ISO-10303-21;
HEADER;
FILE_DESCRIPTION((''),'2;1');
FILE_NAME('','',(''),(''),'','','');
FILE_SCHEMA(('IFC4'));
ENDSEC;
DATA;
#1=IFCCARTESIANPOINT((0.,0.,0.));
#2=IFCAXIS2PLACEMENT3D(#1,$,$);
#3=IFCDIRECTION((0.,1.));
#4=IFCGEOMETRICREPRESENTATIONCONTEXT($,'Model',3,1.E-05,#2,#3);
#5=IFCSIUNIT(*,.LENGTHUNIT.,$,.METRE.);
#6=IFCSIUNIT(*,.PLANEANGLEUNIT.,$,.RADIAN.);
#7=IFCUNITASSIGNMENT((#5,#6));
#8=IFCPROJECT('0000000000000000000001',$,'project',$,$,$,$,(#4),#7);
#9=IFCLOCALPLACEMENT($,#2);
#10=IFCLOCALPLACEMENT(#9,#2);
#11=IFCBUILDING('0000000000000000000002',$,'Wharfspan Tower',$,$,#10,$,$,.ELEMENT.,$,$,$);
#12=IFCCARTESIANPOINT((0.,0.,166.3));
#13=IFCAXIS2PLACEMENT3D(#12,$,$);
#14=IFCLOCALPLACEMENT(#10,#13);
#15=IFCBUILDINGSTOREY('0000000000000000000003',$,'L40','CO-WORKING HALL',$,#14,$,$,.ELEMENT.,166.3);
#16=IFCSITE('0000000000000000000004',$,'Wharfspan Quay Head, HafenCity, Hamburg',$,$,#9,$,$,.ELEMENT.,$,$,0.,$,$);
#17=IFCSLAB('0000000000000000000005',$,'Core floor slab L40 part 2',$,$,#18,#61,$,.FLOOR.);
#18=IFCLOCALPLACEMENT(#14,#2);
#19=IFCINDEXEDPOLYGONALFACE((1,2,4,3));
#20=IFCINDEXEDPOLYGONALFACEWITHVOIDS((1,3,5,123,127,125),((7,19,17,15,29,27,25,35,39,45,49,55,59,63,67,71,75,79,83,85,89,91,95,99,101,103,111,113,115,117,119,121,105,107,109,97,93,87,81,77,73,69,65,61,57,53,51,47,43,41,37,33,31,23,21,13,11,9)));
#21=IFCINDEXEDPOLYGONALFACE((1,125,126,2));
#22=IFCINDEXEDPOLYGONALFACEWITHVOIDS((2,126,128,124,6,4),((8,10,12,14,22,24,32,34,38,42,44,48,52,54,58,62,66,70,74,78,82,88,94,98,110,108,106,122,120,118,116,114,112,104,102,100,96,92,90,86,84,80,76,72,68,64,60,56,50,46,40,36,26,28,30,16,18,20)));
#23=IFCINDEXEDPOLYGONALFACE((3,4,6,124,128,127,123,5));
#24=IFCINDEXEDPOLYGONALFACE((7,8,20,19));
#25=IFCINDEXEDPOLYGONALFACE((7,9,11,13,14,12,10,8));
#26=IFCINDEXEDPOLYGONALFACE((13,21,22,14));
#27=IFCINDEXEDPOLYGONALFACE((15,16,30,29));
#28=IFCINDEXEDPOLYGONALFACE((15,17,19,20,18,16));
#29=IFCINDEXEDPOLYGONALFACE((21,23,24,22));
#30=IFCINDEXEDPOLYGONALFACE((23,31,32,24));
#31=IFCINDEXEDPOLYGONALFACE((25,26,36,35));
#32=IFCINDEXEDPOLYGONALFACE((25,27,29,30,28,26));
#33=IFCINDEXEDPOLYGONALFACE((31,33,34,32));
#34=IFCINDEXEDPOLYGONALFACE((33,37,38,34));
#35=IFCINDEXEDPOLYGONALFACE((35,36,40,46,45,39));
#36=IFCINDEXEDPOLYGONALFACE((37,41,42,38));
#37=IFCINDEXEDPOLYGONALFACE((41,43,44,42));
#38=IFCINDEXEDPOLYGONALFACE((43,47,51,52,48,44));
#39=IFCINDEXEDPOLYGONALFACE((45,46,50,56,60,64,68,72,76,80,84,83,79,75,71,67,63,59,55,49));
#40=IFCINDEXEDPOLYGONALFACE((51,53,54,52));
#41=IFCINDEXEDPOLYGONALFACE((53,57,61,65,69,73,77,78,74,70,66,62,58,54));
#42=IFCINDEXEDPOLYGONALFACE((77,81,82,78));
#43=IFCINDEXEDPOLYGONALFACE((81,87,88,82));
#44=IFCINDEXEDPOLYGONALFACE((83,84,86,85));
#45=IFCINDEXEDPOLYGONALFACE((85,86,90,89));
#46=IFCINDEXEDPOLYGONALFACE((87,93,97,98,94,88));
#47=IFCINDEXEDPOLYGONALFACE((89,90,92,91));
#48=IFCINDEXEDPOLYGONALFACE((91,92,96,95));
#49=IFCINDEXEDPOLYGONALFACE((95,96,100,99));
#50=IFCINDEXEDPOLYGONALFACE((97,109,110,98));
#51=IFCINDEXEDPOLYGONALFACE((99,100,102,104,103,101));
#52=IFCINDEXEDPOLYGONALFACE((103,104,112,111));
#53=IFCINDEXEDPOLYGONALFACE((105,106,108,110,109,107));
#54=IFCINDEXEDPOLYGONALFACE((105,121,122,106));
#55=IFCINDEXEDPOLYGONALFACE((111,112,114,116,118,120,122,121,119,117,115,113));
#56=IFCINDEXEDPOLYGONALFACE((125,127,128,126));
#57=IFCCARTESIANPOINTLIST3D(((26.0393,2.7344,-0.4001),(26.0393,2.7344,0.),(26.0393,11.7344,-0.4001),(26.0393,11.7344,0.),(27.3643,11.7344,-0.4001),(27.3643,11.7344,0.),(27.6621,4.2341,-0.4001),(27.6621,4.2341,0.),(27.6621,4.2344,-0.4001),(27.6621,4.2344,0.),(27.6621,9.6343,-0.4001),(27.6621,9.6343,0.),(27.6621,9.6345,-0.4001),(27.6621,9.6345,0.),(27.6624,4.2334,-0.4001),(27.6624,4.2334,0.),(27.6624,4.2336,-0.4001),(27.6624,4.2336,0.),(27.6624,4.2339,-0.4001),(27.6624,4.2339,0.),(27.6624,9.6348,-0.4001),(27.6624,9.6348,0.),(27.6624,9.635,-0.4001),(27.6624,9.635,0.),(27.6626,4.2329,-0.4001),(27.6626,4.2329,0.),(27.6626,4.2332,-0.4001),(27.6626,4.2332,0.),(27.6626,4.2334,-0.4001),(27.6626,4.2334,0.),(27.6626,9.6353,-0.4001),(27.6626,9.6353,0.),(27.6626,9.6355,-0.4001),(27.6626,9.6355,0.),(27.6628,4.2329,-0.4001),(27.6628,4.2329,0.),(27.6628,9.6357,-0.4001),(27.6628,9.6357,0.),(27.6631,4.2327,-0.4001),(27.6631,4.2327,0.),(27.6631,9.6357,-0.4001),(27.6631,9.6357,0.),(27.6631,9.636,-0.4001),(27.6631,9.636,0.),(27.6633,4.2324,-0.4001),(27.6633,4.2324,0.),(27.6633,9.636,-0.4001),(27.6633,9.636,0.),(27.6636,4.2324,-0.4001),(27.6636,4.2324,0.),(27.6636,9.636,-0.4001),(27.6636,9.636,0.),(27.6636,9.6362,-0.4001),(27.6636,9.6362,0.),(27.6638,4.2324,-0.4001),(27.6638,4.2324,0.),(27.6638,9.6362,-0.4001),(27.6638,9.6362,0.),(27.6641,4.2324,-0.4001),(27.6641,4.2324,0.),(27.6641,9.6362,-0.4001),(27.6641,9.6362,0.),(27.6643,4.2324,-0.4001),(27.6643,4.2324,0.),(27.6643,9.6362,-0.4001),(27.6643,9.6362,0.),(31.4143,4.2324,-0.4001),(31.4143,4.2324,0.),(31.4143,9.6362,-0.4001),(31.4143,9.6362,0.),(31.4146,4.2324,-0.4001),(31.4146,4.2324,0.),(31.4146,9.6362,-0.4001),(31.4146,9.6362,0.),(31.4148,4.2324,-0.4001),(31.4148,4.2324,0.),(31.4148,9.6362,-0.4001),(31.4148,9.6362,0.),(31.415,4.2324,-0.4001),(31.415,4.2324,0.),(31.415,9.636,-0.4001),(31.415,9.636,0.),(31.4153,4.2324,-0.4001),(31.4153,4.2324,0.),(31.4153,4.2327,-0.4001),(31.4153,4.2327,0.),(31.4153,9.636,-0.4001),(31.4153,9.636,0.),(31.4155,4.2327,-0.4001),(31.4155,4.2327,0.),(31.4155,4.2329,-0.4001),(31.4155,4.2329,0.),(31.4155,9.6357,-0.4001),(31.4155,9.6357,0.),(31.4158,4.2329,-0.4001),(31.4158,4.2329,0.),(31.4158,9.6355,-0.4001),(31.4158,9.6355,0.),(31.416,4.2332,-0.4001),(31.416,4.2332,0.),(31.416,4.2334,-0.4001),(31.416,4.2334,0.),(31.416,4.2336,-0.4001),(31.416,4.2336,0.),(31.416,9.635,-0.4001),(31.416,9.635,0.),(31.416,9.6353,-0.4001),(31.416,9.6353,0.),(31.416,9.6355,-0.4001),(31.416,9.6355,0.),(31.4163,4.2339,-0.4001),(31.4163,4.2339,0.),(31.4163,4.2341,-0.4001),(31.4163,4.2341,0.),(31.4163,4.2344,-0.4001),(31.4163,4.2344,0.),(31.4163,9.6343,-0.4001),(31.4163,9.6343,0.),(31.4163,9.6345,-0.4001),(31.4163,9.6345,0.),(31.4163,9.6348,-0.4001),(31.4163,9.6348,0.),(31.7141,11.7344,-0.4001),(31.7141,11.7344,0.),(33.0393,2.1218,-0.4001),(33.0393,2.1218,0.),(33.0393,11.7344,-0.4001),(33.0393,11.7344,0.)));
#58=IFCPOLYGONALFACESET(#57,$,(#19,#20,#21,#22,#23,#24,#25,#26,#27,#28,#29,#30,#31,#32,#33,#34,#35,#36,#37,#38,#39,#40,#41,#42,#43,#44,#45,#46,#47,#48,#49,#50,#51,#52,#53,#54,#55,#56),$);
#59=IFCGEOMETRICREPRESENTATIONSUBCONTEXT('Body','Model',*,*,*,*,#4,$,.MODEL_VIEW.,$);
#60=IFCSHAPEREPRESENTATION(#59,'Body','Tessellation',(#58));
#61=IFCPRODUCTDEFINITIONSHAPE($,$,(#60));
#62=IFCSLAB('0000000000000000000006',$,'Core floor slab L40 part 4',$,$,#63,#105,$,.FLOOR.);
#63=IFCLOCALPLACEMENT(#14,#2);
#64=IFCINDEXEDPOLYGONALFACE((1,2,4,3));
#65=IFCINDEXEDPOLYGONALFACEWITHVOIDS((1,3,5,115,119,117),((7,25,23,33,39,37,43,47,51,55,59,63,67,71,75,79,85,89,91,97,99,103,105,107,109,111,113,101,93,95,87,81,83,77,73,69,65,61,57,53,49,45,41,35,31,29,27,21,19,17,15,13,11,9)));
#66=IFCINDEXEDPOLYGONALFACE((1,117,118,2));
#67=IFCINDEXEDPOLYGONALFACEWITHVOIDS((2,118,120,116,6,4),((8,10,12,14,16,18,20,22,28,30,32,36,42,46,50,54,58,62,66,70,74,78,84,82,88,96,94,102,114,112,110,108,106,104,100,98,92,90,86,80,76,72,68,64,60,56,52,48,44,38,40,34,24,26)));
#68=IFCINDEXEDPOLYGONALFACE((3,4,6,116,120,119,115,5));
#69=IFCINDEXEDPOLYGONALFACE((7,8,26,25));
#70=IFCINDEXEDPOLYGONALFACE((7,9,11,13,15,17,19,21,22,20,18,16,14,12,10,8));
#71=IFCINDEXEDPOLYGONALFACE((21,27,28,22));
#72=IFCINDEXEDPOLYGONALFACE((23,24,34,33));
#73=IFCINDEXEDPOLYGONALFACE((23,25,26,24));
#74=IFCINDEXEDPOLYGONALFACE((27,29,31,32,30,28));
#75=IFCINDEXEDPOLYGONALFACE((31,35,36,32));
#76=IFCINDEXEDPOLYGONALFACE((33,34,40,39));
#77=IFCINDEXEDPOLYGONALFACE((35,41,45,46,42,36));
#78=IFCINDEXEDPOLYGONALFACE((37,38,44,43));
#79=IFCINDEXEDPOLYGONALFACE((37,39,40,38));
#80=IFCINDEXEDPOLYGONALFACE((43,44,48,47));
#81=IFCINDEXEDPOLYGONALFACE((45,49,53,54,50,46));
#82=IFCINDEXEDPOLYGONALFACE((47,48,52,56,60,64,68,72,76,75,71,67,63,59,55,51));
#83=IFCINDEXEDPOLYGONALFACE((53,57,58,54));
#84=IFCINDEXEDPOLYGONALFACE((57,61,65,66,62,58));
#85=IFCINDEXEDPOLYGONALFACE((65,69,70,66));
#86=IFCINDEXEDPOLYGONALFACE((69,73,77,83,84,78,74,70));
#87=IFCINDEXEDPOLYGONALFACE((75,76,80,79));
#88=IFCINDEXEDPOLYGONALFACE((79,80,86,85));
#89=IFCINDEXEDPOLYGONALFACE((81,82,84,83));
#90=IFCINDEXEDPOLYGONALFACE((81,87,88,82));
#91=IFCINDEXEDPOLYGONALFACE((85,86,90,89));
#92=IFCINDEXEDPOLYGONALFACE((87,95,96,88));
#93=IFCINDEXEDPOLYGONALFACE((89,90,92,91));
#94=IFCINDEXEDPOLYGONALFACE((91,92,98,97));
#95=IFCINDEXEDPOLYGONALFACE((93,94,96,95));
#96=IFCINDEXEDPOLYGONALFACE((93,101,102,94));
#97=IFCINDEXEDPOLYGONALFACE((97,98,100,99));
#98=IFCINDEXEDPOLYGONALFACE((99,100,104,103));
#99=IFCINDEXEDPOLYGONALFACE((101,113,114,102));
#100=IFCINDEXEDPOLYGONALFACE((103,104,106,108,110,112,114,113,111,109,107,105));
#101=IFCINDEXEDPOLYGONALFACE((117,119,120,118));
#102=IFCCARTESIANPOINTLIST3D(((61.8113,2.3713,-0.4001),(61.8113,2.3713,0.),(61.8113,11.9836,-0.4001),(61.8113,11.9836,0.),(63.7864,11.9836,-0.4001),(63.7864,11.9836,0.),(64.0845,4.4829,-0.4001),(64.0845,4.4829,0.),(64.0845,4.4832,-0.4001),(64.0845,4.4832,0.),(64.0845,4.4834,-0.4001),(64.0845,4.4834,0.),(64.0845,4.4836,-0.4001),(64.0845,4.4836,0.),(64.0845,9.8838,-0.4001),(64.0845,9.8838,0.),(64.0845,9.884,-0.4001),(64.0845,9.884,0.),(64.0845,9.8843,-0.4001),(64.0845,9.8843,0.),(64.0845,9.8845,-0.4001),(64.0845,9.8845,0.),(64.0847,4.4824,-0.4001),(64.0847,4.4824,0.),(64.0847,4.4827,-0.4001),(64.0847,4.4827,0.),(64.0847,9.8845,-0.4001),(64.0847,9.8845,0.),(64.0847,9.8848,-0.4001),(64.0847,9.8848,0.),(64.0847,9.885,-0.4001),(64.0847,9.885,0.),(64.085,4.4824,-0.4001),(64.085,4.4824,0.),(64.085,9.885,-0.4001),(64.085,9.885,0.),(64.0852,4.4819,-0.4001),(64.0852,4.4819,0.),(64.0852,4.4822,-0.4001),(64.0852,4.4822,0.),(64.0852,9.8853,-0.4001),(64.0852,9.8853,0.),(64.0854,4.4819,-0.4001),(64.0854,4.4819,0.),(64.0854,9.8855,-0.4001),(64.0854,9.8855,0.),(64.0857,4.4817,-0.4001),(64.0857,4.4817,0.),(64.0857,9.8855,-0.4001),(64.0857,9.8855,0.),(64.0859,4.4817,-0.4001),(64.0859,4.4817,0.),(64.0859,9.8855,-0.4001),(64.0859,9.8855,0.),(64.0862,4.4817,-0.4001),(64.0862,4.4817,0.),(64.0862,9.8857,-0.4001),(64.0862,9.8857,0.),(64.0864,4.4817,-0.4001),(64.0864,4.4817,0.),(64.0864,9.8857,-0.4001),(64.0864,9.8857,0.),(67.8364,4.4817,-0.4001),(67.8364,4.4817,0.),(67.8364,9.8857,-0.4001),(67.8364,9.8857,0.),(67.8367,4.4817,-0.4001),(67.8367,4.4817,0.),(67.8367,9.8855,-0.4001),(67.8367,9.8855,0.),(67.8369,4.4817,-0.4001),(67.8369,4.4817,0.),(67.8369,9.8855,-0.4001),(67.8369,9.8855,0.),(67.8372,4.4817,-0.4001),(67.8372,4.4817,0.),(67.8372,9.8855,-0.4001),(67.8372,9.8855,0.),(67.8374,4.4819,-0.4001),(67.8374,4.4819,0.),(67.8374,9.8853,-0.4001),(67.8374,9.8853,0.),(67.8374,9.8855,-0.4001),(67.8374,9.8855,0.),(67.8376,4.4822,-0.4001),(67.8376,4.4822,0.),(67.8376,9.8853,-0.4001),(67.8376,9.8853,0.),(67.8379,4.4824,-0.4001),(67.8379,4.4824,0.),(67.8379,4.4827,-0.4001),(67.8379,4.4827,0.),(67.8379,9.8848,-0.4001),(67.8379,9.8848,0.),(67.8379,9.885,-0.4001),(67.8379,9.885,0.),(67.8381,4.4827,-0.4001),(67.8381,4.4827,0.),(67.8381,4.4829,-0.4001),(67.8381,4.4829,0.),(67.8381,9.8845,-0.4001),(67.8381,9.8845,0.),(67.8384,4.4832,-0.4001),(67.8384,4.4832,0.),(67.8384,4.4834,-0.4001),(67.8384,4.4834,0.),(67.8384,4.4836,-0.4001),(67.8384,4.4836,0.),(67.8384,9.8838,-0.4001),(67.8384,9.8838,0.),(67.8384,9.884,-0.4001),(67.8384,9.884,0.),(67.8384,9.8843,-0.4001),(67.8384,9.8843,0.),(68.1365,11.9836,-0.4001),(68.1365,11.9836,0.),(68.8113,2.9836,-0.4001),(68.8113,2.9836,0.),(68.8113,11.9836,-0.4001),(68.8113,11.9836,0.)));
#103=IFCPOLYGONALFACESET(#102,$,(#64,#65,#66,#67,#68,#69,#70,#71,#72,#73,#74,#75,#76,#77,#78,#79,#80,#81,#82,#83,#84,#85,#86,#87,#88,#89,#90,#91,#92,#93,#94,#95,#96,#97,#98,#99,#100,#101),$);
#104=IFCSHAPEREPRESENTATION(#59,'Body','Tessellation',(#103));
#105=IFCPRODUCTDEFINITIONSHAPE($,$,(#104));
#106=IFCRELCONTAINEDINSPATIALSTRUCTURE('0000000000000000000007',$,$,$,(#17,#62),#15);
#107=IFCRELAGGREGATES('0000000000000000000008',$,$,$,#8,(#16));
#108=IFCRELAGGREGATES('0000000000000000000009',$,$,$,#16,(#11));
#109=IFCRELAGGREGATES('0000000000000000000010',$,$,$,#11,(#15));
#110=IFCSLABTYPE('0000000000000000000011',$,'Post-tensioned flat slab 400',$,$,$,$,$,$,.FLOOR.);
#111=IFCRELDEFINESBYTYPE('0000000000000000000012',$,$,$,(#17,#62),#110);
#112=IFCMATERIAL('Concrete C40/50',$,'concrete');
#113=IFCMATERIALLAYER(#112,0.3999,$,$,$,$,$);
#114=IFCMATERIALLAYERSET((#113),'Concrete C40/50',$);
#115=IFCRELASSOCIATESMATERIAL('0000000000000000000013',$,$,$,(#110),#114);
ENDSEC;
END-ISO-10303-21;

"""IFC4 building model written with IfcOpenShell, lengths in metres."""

from ifc_helpers import new_model, si_unit, direction, frame, origin, place, context, subcontext, project, spatial, polyline, outline, extrude, material, layer, layer_set, type_object, element, save


model = new_model("IFC4")

# Units and contexts
model_context = context("Model", 3, precision=1e-05, world=origin(), true_north=direction((0.0, 1.0)))
body_context = subcontext(model_context, "Body", "Model", "MODEL_VIEW")
ifc_project = project(units=[si_unit("LENGTHUNIT", "METRE"), si_unit("PLANEANGLEUNIT", "RADIAN")], contexts=[model_context])

# Site, building, storey
site_placement = place(None, origin())
site = spatial("IfcSite", under=ifc_project, at=site_placement, Name="Wharfspan Quay Head, HafenCity, Hamburg", CompositionType="ELEMENT", RefElevation=0.0)
building_placement = place(site_placement, origin())
building = spatial("IfcBuilding", under=site, at=building_placement, Name="Wharfspan Tower", CompositionType="ELEMENT")
storey_placement = place(building_placement, frame((0.0, 0.0, 166.3)))
storey = spatial("IfcBuildingStorey", under=building, at=storey_placement, Name="L40", Description="CO-WORKING HALL", CompositionType="ELEMENT", Elevation=166.3)

# Slabs
ifc_material_1 = material(Name="Concrete C40/50", Category="concrete")
ifc_layer_1 = layer(ifc_material_1, 0.3999)
ifc_layer_set_1 = layer_set([ifc_layer_1], Name="Concrete C40/50")
slab_type_1 = type_object("IfcSlabType", Name="Post-tensioned flat slab 400", PredefinedType="FLOOR", material=ifc_layer_set_1)
slab_1_placement = place(storey_placement, frame((0.0, 0.0, -0.4001)))
element("IfcSlab", 1, at=slab_1_placement, inside=storey, type_object=slab_type_1, Name="Core floor slab L40 part 2", PredefinedType="FLOOR", context=body_context, shape_type="SweptSolid", body=[
    extrude(outline(polyline([(31.7141, 11.7344), (27.3643, 11.7344), (26.0393, 11.7344), (26.0393, 2.7344), (33.0393, 2.1218), (33.0393, 11.7344), (31.7141, 11.7344)]), holes=[polyline([(27.6621, 9.6343), (27.6621, 9.6345), (27.6624, 9.6348), (27.6624, 9.635), (27.6624, 9.635), (27.6626, 9.6353), (27.6626, 9.6355), (27.6626, 9.6355), (27.6628, 9.6357), (27.6631, 9.6357), (27.6631, 9.636), (27.6633, 9.636), (27.6636, 9.636), (27.6636, 9.6362), (27.6638, 9.6362), (27.6641, 9.6362), (27.6643, 9.6362), (31.4143, 9.6362), (31.4143, 9.6362), (31.4146, 9.6362), (31.4148, 9.6362), (31.415, 9.636), (31.4153, 9.636), (31.4153, 9.636), (31.4155, 9.6357), (31.4155, 9.6357), (31.4158, 9.6355), (31.416, 9.6355), (31.416, 9.6353), (31.416, 9.635), (31.416, 9.635), (31.4163, 9.6348), (31.4163, 9.6345), (31.4163, 9.6343), (31.4163, 4.2344), (31.4163, 4.2341), (31.4163, 4.2339), (31.416, 4.2336), (31.416, 4.2334), (31.416, 4.2334), (31.416, 4.2332), (31.4158, 4.2329), (31.4155, 4.2329), (31.4155, 4.2327), (31.4153, 4.2327), (31.4153, 4.2324), (31.415, 4.2324), (31.4148, 4.2324), (31.4146, 4.2324), (31.4143, 4.2324), (31.4143, 4.2324), (27.6643, 4.2324), (27.6641, 4.2324), (27.6638, 4.2324), (27.6636, 4.2324), (27.6636, 4.2324), (27.6633, 4.2324), (27.6631, 4.2327), (27.6631, 4.2327), (27.6628, 4.2329), (27.6626, 4.2329), (27.6626, 4.2332), (27.6626, 4.2334), (27.6624, 4.2334), (27.6624, 4.2336), (27.6624, 4.2339), (27.6621, 4.2341), (27.6621, 4.2344), (27.6621, 9.6343)])]), origin(), (0.0, 0.0, 1.0), 0.4001),
])
slab_2_placement = place(storey_placement, frame((0.0, 0.0, -0.4001)))
element("IfcSlab", 2, at=slab_2_placement, inside=storey, type_object=slab_type_1, Name="Core floor slab L40 part 4", PredefinedType="FLOOR", context=body_context, shape_type="SweptSolid", body=[
    extrude(outline(polyline([(68.8113, 11.9836), (68.1365, 11.9836), (63.7864, 11.9836), (61.8113, 11.9836), (61.8113, 2.3713), (68.8113, 2.9836), (68.8113, 11.9836)]), holes=[polyline([(64.0845, 9.8838), (64.0845, 9.8838), (64.0845, 9.884), (64.0845, 9.8843), (64.0845, 9.8845), (64.0847, 9.8845), (64.0847, 9.8848), (64.0847, 9.885), (64.085, 9.885), (64.0852, 9.8853), (64.0852, 9.8853), (64.0854, 9.8855), (64.0857, 9.8855), (64.0857, 9.8855), (64.0859, 9.8855), (64.0862, 9.8857), (64.0864, 9.8857), (67.8364, 9.8857), (67.8364, 9.8857), (67.8367, 9.8855), (67.8369, 9.8855), (67.8372, 9.8855), (67.8374, 9.8855), (67.8374, 9.8853), (67.8376, 9.8853), (67.8379, 9.885), (67.8379, 9.885), (67.8379, 9.8848), (67.8381, 9.8845), (67.8381, 9.8845), (67.8384, 9.8843), (67.8384, 9.884), (67.8384, 9.8838), (67.8384, 9.8838), (67.8384, 4.4836), (67.8384, 4.4834), (67.8384, 4.4834), (67.8384, 4.4832), (67.8381, 4.4829), (67.8381, 4.4827), (67.8379, 4.4827), (67.8379, 4.4824), (67.8379, 4.4824), (67.8376, 4.4822), (67.8374, 4.4819), (67.8374, 4.4819), (67.8372, 4.4817), (67.8369, 4.4817), (67.8367, 4.4817), (67.8364, 4.4817), (67.8364, 4.4817), (64.0864, 4.4817), (64.0862, 4.4817), (64.0859, 4.4817), (64.0857, 4.4817), (64.0857, 4.4817), (64.0854, 4.4819), (64.0852, 4.4819), (64.0852, 4.4822), (64.085, 4.4824), (64.0847, 4.4824), (64.0847, 4.4827), (64.0847, 4.4827), (64.0845, 4.4829), (64.0845, 4.4832), (64.0845, 4.4834), (64.0845, 4.4834), (64.0845, 4.4836), (64.0845, 9.8838)])]), origin(), (0.0, 0.0, 1.0), 0.4001),
])

save(model, "model.ifc")
